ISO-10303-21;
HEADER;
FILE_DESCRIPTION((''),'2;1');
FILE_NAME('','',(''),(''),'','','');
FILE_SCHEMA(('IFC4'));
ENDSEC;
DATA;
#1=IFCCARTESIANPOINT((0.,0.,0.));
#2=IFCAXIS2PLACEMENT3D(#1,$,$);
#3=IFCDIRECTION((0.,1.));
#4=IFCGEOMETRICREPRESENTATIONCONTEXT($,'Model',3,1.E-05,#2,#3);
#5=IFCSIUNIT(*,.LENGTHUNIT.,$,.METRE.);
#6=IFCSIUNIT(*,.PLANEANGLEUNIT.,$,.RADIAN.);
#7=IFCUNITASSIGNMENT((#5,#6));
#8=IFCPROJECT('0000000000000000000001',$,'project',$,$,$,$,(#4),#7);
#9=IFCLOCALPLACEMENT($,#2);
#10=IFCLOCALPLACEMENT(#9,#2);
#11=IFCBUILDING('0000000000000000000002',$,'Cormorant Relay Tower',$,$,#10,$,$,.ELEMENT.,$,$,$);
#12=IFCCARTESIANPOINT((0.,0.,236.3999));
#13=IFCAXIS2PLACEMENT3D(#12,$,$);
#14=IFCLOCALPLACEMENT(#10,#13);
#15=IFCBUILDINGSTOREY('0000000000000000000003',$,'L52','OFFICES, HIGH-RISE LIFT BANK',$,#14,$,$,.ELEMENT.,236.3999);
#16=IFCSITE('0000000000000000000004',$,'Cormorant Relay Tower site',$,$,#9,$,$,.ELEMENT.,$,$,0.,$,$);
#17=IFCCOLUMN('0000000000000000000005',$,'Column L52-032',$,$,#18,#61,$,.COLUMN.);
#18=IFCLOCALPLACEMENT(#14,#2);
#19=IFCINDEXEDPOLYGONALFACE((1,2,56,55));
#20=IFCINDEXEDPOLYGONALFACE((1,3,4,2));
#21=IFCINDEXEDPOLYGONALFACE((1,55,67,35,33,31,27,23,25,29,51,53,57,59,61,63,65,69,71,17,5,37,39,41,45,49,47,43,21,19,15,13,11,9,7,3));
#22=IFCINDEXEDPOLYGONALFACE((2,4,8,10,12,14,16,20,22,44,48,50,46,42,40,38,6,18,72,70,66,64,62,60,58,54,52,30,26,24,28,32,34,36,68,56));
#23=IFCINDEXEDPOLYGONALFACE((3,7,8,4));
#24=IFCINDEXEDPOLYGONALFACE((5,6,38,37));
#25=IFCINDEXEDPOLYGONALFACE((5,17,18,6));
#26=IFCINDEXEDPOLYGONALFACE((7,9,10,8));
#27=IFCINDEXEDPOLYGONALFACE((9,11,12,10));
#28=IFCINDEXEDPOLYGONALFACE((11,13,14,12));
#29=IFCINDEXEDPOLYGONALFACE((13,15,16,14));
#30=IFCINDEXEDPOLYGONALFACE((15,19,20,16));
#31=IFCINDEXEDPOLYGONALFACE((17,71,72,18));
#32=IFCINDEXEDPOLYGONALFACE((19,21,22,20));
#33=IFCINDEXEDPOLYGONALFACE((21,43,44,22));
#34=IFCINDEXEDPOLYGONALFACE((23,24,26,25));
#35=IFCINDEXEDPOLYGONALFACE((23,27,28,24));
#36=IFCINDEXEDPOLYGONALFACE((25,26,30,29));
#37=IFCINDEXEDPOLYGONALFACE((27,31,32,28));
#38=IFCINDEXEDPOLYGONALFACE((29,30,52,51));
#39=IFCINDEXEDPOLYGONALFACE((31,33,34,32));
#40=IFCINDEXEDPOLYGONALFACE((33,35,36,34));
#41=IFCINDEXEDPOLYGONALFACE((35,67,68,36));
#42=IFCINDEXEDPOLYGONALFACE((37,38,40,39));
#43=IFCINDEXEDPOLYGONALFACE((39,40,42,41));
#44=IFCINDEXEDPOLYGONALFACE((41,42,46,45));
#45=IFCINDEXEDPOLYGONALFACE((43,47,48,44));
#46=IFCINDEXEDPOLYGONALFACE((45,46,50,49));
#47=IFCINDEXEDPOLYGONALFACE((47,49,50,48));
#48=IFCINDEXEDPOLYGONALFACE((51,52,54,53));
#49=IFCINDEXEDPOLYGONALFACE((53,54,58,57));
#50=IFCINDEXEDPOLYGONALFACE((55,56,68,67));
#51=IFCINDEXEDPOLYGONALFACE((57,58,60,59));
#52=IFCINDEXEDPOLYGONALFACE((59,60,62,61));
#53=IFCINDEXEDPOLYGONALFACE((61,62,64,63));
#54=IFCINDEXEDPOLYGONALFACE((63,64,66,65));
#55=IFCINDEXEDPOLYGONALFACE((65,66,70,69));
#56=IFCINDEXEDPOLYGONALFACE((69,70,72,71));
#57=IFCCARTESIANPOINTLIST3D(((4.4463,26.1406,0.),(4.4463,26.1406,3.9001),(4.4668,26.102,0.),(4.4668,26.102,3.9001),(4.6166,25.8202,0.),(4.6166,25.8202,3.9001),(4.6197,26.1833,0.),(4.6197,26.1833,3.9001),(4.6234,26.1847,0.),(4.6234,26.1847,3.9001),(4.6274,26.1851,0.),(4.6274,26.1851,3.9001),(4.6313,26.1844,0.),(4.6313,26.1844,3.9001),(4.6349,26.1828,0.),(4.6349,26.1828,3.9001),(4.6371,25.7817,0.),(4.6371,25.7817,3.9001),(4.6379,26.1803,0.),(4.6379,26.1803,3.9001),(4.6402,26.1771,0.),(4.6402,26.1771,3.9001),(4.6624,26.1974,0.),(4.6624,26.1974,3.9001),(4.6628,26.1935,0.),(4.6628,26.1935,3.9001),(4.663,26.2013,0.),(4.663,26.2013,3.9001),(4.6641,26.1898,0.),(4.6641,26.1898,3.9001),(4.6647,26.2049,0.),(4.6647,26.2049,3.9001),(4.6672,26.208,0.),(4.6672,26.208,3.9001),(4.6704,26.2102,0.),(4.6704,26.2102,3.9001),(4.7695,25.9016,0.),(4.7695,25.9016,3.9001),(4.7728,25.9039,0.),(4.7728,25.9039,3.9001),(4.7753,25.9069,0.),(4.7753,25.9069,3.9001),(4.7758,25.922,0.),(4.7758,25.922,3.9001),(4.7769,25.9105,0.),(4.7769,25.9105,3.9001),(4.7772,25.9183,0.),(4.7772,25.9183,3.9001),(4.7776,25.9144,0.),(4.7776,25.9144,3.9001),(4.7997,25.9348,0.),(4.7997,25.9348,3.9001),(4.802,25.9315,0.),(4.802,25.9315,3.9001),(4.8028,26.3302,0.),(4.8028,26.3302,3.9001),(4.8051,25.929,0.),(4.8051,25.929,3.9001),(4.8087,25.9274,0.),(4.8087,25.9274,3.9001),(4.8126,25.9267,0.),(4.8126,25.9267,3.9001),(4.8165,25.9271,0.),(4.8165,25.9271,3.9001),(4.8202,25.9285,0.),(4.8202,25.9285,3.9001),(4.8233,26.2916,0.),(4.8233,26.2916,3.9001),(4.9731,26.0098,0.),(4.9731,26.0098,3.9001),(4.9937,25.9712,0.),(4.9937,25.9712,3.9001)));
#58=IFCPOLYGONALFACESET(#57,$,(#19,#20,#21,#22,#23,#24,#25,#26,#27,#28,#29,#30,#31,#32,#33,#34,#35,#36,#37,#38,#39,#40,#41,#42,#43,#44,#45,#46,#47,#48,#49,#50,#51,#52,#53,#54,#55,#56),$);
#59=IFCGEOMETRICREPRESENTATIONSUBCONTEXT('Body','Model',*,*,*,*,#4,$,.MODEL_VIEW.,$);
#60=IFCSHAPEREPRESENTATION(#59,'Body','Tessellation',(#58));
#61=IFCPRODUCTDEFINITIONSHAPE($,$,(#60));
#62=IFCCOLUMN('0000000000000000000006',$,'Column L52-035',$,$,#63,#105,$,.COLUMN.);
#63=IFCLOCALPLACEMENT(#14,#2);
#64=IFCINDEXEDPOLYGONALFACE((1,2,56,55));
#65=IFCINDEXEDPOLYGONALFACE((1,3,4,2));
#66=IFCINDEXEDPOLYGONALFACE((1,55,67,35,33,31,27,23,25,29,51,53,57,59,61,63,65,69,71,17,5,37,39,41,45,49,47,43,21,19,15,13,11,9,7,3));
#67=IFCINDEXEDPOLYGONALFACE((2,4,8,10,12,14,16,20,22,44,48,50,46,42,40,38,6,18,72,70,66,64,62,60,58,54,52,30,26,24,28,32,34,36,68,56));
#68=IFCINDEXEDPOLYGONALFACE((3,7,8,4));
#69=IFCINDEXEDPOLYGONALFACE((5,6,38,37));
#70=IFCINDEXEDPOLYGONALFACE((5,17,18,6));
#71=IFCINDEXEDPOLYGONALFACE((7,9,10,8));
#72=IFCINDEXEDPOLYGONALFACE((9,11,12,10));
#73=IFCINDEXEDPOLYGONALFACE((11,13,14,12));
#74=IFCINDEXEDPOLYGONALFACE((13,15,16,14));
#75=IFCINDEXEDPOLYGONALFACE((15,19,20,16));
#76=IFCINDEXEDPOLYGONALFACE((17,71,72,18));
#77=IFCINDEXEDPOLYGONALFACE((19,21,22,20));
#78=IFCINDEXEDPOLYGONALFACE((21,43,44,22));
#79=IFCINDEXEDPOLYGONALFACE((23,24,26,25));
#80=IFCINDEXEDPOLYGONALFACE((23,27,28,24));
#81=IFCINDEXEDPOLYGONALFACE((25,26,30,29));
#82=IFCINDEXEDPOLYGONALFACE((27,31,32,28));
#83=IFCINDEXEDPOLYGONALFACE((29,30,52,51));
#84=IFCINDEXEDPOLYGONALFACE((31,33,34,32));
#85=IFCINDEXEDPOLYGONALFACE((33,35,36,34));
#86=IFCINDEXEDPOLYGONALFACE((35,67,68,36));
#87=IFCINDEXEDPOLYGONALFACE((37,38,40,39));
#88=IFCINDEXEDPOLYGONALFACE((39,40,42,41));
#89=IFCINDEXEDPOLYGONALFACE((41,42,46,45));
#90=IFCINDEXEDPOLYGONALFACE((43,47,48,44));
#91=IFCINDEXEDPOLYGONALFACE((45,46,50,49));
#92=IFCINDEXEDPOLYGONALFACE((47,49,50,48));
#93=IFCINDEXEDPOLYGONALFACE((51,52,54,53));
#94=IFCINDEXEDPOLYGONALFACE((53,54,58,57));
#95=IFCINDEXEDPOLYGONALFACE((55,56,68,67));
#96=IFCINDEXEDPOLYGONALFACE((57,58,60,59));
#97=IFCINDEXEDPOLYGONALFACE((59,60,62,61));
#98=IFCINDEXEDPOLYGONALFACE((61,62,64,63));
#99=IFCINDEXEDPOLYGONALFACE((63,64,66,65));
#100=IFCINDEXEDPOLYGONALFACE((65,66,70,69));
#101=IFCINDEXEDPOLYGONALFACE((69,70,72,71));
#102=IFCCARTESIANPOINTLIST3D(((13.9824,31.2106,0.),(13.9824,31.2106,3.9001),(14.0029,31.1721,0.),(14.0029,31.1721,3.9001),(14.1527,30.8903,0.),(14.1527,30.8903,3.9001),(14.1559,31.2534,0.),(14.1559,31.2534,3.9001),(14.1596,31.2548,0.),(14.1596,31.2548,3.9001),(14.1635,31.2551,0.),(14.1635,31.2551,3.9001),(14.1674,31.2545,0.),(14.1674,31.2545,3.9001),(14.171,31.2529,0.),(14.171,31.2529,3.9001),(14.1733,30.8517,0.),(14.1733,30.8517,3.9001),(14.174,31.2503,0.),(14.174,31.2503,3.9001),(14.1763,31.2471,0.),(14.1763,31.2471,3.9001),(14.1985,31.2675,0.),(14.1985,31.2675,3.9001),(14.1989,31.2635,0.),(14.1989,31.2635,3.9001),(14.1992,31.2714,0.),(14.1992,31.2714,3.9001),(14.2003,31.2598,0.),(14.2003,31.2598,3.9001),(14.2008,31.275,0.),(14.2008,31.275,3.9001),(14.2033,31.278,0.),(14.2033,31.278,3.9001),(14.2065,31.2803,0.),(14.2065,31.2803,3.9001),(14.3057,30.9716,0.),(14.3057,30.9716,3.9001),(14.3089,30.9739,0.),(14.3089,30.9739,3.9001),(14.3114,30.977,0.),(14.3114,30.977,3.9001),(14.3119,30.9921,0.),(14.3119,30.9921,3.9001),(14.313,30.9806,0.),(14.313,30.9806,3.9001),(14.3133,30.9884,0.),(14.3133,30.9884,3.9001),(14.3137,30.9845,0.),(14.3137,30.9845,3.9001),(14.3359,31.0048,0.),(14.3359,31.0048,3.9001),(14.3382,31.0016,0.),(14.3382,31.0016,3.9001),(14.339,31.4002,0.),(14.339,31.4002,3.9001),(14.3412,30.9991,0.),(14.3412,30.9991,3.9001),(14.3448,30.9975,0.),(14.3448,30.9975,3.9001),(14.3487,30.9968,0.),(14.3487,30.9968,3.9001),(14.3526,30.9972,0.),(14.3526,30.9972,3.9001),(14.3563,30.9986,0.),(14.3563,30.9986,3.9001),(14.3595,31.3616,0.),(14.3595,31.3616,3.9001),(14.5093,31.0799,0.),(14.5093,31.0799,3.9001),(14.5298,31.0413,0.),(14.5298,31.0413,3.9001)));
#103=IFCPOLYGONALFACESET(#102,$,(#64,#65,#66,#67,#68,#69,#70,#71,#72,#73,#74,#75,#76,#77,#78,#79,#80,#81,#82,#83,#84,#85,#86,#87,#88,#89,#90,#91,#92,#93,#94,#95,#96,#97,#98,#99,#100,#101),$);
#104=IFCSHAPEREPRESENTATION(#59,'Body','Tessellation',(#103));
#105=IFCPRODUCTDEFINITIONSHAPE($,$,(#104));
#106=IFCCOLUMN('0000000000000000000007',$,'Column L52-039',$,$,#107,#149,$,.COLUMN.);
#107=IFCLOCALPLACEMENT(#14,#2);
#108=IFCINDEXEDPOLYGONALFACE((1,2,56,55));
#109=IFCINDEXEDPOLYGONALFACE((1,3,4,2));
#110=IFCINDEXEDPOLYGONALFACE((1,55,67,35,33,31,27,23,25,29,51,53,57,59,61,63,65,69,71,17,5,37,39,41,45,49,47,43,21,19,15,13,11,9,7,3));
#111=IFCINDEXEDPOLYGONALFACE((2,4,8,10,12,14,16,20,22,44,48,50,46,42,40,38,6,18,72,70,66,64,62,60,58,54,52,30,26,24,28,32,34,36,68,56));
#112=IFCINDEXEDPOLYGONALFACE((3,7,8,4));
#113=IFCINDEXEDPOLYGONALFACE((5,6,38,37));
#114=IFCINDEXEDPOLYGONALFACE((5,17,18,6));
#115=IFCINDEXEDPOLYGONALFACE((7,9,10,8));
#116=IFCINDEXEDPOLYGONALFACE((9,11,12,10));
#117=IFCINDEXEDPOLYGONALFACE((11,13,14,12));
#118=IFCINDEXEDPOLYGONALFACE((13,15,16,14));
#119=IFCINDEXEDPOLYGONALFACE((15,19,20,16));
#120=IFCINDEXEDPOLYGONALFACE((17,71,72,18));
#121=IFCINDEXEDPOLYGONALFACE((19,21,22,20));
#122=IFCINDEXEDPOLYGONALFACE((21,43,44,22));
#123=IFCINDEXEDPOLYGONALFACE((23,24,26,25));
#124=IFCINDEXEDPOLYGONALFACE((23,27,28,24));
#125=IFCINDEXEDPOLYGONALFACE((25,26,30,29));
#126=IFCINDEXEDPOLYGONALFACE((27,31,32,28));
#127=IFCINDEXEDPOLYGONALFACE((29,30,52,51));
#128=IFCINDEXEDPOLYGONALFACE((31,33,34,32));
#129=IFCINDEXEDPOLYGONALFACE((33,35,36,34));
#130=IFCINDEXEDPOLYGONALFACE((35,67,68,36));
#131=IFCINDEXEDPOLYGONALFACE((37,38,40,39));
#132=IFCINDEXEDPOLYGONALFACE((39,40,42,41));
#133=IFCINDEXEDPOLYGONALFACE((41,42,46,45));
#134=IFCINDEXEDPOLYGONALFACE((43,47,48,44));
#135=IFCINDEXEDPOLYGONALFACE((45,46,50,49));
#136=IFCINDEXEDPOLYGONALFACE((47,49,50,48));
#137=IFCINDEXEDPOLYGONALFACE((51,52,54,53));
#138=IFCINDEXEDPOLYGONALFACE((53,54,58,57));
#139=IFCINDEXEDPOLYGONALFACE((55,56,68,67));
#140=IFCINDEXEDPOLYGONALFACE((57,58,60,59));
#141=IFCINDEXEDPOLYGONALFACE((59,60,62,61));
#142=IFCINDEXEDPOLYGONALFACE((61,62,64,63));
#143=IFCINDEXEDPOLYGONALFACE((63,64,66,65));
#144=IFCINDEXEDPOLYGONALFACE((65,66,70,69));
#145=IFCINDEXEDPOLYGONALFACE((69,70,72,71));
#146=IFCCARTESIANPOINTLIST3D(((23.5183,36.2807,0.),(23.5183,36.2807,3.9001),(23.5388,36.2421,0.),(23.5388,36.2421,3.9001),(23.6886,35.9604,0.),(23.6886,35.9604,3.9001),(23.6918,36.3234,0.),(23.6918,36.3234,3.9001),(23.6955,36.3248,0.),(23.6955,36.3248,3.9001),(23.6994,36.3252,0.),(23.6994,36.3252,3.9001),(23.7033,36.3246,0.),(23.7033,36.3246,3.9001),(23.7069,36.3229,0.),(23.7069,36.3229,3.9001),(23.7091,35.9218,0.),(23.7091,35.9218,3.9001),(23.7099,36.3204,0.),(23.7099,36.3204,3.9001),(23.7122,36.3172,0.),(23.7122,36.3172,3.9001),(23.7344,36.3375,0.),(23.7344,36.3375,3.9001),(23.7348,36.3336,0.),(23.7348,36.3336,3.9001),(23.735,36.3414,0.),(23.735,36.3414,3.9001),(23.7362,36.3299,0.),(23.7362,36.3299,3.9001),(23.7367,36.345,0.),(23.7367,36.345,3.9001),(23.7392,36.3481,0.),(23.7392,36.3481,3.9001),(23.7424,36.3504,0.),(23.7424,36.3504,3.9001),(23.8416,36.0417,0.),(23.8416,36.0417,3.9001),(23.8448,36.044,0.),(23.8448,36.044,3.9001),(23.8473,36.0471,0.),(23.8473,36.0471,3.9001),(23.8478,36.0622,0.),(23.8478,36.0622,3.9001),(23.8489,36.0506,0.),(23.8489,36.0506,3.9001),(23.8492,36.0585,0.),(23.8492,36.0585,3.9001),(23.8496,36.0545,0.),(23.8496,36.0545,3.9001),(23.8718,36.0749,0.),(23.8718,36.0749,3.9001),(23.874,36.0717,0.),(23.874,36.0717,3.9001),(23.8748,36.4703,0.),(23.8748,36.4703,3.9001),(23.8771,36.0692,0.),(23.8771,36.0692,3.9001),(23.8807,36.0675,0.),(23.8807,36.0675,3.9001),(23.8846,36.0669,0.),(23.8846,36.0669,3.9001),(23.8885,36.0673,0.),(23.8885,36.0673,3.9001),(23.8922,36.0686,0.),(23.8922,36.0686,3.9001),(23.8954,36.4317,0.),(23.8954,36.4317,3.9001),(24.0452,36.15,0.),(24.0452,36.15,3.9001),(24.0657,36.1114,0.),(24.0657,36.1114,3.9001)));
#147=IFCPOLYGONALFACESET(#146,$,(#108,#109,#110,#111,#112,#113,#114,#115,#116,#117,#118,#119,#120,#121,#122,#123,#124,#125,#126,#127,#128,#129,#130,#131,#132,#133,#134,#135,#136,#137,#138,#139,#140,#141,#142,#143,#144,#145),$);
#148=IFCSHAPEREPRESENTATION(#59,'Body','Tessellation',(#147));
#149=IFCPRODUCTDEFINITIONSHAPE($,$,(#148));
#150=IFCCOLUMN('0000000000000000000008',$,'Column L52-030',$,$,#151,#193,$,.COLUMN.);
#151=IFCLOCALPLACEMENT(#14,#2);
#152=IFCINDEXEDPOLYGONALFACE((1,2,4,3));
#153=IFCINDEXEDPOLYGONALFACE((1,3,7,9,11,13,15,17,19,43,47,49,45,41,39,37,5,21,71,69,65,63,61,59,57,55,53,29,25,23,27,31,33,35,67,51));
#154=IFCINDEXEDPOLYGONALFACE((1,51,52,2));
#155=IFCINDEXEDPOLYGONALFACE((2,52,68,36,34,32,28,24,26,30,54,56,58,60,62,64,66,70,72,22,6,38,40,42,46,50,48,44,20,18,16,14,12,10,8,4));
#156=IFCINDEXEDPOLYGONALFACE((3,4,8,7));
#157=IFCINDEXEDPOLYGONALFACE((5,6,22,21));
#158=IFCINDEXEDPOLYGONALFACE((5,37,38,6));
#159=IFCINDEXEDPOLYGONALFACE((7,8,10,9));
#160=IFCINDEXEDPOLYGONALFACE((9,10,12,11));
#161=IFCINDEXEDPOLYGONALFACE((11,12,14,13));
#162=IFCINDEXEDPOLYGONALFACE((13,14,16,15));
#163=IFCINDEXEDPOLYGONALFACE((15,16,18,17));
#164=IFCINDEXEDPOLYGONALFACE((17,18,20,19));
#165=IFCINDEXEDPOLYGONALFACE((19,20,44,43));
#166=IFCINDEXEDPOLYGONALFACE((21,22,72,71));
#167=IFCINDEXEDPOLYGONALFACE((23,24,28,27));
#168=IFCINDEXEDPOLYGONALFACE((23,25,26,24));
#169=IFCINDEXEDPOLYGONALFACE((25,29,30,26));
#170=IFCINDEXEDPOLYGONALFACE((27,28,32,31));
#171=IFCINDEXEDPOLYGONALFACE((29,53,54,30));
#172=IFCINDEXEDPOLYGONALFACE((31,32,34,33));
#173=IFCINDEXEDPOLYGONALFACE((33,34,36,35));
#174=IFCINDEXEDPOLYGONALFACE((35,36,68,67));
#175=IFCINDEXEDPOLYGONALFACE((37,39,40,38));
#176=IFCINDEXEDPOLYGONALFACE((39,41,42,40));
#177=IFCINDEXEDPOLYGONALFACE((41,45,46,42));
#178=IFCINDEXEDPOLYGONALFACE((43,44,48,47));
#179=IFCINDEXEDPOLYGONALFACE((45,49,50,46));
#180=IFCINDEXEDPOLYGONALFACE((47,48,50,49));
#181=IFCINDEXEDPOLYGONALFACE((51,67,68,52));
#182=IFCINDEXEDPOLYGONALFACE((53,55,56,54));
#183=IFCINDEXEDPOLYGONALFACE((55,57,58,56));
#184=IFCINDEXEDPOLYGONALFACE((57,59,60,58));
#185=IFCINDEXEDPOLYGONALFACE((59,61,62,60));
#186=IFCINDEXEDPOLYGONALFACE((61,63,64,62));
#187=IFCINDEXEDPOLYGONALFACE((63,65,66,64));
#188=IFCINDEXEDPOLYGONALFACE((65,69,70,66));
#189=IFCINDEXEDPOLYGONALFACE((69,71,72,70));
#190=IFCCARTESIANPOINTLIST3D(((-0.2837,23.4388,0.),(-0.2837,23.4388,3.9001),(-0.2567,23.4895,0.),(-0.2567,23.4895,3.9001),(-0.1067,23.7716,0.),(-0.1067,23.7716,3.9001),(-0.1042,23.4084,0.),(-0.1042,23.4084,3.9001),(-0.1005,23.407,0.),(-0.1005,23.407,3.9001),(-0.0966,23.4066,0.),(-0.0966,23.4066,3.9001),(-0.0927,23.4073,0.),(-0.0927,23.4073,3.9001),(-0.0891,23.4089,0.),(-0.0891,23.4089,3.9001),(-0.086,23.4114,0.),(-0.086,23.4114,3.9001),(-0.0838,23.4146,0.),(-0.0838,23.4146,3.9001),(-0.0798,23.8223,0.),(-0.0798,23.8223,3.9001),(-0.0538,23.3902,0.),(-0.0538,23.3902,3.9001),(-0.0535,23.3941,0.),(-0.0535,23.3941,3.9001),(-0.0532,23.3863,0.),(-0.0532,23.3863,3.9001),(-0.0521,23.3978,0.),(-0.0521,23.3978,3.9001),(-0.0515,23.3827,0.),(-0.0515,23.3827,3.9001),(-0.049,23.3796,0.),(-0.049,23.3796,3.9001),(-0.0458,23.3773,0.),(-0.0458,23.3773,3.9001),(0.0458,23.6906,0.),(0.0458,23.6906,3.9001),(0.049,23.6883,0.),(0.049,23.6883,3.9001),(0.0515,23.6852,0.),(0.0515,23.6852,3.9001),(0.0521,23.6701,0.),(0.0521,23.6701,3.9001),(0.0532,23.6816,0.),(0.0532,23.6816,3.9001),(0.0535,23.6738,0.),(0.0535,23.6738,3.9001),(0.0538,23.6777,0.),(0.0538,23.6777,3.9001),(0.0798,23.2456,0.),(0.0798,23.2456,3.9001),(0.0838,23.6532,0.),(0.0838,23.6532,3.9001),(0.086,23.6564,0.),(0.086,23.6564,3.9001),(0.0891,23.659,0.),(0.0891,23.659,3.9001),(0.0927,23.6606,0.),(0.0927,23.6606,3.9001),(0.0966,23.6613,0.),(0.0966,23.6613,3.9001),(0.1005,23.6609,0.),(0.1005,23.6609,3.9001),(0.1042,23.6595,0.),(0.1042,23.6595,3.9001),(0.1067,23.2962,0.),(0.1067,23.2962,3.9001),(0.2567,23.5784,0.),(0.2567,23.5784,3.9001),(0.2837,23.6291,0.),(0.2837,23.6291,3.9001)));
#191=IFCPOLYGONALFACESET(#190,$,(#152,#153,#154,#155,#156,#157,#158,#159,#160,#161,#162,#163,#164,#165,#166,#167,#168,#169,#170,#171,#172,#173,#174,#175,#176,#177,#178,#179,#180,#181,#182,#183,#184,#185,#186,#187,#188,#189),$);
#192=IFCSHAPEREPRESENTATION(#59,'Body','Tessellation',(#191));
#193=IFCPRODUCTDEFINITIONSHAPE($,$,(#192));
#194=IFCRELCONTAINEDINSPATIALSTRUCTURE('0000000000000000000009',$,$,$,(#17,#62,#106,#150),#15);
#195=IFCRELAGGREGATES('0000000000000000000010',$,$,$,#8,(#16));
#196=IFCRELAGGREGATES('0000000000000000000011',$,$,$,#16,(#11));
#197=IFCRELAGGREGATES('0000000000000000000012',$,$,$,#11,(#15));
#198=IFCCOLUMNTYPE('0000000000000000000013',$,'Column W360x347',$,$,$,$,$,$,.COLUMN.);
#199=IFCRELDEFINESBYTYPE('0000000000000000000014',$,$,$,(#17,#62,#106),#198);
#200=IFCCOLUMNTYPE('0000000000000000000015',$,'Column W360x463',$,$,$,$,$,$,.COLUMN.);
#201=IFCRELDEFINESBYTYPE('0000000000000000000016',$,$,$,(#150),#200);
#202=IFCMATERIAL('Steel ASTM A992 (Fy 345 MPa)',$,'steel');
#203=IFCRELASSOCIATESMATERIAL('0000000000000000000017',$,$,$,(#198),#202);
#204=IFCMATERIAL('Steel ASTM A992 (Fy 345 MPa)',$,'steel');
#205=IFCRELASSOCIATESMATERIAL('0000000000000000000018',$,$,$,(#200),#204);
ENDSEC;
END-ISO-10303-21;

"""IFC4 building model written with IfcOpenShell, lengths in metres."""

from ifc_helpers import new_model, si_unit, direction, frame, origin, origin_2d, place, context, subcontext, project, spatial, i_section, extrude, material, material_profile, profile_set, type_object, element, save


model = new_model("IFC4")

# Units and contexts
model_context = context("Model", 3, precision=1e-05, world=origin(), true_north=direction((0.0, 1.0)))
body_context = subcontext(model_context, "Body", "Model", "MODEL_VIEW")
ifc_project = project(units=[si_unit("LENGTHUNIT", "METRE"), si_unit("PLANEANGLEUNIT", "RADIAN")], contexts=[model_context])

# Site, building, storey
site_placement = place(None, origin())
site = spatial("IfcSite", under=ifc_project, at=site_placement, Name="Cormorant Relay Tower site", CompositionType="ELEMENT", RefElevation=0.0)
building_placement = place(site_placement, origin())
building = spatial("IfcBuilding", under=site, at=building_placement, Name="Cormorant Relay Tower", CompositionType="ELEMENT")
storey_placement = place(building_placement, frame((0.0, 0.0, 236.3999)))
storey = spatial("IfcBuildingStorey", under=building, at=storey_placement, Name="L52", Description="OFFICES, HIGH-RISE LIFT BANK", CompositionType="ELEMENT", Elevation=236.3999)

# Columns
ifc_material_1 = material(Name="Steel ASTM A992 (Fy 345 MPa)", Category="steel")
ifc_material_profile_1 = material_profile(ifc_material_1, i_section(OverallWidth=0.4038, OverallDepth=0.4065, WebThickness=0.0271, FlangeThickness=0.0437, FilletRadius=0.0151, at=origin_2d()), Name="W360x347")
ifc_profile_set_1 = profile_set([ifc_material_profile_1], Name="Steel ASTM A992 (Fy 345 MPa)")
column_type_1 = type_object("IfcColumnType", Name="Column W360x347", PredefinedType="COLUMN", material=ifc_profile_set_1)
for number, where, z_axis, x_axis, name in (
    (1, (4.72, 26.0559, 0.0), (0.0, 0.0, 1.0), (-0.882948, -0.469472, 0.0), "Column L52-032"),
    (2, (14.2561, 31.126, 0.0), (0.0, 0.0, 1.0), (-0.882948, -0.469472, 0.0), "Column L52-035"),
    (3, (23.792, 36.196, 0.0), (0.0, 0.0, 1.0), (-0.882948, -0.469472, 0.0), "Column L52-039"),
):
    element("IfcColumn", number, at=place(storey_placement, frame(where, z_axis=z_axis, x_axis=x_axis)), inside=storey, type_object=column_type_1, Name=name, PredefinedType="COLUMN", context=body_context, shape_type="SweptSolid", body=[
        extrude(i_section(OverallWidth=0.4038, OverallDepth=0.4065, WebThickness=0.0271, FlangeThickness=0.0437, FilletRadius=0.0151, at=origin_2d()), origin(), (0.0, 0.0, 1.0), 3.9001),
    ])
ifc_material_2 = material(Name="Steel ASTM A992 (Fy 345 MPa)", Category="steel")
ifc_material_profile_2 = material_profile(ifc_material_2, i_section(OverallWidth=0.4116, OverallDepth=0.4343, WebThickness=0.0359, FlangeThickness=0.0574, FilletRadius=0.0151, at=origin_2d()), Name="W360x463")
ifc_profile_set_2 = profile_set([ifc_material_profile_2], Name="Steel ASTM A992 (Fy 345 MPa)")
column_type_2 = type_object("IfcColumnType", Name="Column W360x463", PredefinedType="COLUMN", material=ifc_profile_set_2)
column_placement = place(storey_placement, frame((0.0, 23.5339, 0.0), z_axis=(0.0, 0.0, 1.0), x_axis=(-0.882948, 0.469472, 0.0)))
element("IfcColumn", 4, at=column_placement, inside=storey, type_object=column_type_2, Name="Column L52-030", PredefinedType="COLUMN", context=body_context, shape_type="SweptSolid", body=[
    extrude(i_section(OverallWidth=0.4116, OverallDepth=0.4343, WebThickness=0.0359, FlangeThickness=0.0574, FilletRadius=0.0151, at=origin_2d()), origin(), (0.0, 0.0, 1.0), 3.9001),
])

save(model, "model.ifc")
